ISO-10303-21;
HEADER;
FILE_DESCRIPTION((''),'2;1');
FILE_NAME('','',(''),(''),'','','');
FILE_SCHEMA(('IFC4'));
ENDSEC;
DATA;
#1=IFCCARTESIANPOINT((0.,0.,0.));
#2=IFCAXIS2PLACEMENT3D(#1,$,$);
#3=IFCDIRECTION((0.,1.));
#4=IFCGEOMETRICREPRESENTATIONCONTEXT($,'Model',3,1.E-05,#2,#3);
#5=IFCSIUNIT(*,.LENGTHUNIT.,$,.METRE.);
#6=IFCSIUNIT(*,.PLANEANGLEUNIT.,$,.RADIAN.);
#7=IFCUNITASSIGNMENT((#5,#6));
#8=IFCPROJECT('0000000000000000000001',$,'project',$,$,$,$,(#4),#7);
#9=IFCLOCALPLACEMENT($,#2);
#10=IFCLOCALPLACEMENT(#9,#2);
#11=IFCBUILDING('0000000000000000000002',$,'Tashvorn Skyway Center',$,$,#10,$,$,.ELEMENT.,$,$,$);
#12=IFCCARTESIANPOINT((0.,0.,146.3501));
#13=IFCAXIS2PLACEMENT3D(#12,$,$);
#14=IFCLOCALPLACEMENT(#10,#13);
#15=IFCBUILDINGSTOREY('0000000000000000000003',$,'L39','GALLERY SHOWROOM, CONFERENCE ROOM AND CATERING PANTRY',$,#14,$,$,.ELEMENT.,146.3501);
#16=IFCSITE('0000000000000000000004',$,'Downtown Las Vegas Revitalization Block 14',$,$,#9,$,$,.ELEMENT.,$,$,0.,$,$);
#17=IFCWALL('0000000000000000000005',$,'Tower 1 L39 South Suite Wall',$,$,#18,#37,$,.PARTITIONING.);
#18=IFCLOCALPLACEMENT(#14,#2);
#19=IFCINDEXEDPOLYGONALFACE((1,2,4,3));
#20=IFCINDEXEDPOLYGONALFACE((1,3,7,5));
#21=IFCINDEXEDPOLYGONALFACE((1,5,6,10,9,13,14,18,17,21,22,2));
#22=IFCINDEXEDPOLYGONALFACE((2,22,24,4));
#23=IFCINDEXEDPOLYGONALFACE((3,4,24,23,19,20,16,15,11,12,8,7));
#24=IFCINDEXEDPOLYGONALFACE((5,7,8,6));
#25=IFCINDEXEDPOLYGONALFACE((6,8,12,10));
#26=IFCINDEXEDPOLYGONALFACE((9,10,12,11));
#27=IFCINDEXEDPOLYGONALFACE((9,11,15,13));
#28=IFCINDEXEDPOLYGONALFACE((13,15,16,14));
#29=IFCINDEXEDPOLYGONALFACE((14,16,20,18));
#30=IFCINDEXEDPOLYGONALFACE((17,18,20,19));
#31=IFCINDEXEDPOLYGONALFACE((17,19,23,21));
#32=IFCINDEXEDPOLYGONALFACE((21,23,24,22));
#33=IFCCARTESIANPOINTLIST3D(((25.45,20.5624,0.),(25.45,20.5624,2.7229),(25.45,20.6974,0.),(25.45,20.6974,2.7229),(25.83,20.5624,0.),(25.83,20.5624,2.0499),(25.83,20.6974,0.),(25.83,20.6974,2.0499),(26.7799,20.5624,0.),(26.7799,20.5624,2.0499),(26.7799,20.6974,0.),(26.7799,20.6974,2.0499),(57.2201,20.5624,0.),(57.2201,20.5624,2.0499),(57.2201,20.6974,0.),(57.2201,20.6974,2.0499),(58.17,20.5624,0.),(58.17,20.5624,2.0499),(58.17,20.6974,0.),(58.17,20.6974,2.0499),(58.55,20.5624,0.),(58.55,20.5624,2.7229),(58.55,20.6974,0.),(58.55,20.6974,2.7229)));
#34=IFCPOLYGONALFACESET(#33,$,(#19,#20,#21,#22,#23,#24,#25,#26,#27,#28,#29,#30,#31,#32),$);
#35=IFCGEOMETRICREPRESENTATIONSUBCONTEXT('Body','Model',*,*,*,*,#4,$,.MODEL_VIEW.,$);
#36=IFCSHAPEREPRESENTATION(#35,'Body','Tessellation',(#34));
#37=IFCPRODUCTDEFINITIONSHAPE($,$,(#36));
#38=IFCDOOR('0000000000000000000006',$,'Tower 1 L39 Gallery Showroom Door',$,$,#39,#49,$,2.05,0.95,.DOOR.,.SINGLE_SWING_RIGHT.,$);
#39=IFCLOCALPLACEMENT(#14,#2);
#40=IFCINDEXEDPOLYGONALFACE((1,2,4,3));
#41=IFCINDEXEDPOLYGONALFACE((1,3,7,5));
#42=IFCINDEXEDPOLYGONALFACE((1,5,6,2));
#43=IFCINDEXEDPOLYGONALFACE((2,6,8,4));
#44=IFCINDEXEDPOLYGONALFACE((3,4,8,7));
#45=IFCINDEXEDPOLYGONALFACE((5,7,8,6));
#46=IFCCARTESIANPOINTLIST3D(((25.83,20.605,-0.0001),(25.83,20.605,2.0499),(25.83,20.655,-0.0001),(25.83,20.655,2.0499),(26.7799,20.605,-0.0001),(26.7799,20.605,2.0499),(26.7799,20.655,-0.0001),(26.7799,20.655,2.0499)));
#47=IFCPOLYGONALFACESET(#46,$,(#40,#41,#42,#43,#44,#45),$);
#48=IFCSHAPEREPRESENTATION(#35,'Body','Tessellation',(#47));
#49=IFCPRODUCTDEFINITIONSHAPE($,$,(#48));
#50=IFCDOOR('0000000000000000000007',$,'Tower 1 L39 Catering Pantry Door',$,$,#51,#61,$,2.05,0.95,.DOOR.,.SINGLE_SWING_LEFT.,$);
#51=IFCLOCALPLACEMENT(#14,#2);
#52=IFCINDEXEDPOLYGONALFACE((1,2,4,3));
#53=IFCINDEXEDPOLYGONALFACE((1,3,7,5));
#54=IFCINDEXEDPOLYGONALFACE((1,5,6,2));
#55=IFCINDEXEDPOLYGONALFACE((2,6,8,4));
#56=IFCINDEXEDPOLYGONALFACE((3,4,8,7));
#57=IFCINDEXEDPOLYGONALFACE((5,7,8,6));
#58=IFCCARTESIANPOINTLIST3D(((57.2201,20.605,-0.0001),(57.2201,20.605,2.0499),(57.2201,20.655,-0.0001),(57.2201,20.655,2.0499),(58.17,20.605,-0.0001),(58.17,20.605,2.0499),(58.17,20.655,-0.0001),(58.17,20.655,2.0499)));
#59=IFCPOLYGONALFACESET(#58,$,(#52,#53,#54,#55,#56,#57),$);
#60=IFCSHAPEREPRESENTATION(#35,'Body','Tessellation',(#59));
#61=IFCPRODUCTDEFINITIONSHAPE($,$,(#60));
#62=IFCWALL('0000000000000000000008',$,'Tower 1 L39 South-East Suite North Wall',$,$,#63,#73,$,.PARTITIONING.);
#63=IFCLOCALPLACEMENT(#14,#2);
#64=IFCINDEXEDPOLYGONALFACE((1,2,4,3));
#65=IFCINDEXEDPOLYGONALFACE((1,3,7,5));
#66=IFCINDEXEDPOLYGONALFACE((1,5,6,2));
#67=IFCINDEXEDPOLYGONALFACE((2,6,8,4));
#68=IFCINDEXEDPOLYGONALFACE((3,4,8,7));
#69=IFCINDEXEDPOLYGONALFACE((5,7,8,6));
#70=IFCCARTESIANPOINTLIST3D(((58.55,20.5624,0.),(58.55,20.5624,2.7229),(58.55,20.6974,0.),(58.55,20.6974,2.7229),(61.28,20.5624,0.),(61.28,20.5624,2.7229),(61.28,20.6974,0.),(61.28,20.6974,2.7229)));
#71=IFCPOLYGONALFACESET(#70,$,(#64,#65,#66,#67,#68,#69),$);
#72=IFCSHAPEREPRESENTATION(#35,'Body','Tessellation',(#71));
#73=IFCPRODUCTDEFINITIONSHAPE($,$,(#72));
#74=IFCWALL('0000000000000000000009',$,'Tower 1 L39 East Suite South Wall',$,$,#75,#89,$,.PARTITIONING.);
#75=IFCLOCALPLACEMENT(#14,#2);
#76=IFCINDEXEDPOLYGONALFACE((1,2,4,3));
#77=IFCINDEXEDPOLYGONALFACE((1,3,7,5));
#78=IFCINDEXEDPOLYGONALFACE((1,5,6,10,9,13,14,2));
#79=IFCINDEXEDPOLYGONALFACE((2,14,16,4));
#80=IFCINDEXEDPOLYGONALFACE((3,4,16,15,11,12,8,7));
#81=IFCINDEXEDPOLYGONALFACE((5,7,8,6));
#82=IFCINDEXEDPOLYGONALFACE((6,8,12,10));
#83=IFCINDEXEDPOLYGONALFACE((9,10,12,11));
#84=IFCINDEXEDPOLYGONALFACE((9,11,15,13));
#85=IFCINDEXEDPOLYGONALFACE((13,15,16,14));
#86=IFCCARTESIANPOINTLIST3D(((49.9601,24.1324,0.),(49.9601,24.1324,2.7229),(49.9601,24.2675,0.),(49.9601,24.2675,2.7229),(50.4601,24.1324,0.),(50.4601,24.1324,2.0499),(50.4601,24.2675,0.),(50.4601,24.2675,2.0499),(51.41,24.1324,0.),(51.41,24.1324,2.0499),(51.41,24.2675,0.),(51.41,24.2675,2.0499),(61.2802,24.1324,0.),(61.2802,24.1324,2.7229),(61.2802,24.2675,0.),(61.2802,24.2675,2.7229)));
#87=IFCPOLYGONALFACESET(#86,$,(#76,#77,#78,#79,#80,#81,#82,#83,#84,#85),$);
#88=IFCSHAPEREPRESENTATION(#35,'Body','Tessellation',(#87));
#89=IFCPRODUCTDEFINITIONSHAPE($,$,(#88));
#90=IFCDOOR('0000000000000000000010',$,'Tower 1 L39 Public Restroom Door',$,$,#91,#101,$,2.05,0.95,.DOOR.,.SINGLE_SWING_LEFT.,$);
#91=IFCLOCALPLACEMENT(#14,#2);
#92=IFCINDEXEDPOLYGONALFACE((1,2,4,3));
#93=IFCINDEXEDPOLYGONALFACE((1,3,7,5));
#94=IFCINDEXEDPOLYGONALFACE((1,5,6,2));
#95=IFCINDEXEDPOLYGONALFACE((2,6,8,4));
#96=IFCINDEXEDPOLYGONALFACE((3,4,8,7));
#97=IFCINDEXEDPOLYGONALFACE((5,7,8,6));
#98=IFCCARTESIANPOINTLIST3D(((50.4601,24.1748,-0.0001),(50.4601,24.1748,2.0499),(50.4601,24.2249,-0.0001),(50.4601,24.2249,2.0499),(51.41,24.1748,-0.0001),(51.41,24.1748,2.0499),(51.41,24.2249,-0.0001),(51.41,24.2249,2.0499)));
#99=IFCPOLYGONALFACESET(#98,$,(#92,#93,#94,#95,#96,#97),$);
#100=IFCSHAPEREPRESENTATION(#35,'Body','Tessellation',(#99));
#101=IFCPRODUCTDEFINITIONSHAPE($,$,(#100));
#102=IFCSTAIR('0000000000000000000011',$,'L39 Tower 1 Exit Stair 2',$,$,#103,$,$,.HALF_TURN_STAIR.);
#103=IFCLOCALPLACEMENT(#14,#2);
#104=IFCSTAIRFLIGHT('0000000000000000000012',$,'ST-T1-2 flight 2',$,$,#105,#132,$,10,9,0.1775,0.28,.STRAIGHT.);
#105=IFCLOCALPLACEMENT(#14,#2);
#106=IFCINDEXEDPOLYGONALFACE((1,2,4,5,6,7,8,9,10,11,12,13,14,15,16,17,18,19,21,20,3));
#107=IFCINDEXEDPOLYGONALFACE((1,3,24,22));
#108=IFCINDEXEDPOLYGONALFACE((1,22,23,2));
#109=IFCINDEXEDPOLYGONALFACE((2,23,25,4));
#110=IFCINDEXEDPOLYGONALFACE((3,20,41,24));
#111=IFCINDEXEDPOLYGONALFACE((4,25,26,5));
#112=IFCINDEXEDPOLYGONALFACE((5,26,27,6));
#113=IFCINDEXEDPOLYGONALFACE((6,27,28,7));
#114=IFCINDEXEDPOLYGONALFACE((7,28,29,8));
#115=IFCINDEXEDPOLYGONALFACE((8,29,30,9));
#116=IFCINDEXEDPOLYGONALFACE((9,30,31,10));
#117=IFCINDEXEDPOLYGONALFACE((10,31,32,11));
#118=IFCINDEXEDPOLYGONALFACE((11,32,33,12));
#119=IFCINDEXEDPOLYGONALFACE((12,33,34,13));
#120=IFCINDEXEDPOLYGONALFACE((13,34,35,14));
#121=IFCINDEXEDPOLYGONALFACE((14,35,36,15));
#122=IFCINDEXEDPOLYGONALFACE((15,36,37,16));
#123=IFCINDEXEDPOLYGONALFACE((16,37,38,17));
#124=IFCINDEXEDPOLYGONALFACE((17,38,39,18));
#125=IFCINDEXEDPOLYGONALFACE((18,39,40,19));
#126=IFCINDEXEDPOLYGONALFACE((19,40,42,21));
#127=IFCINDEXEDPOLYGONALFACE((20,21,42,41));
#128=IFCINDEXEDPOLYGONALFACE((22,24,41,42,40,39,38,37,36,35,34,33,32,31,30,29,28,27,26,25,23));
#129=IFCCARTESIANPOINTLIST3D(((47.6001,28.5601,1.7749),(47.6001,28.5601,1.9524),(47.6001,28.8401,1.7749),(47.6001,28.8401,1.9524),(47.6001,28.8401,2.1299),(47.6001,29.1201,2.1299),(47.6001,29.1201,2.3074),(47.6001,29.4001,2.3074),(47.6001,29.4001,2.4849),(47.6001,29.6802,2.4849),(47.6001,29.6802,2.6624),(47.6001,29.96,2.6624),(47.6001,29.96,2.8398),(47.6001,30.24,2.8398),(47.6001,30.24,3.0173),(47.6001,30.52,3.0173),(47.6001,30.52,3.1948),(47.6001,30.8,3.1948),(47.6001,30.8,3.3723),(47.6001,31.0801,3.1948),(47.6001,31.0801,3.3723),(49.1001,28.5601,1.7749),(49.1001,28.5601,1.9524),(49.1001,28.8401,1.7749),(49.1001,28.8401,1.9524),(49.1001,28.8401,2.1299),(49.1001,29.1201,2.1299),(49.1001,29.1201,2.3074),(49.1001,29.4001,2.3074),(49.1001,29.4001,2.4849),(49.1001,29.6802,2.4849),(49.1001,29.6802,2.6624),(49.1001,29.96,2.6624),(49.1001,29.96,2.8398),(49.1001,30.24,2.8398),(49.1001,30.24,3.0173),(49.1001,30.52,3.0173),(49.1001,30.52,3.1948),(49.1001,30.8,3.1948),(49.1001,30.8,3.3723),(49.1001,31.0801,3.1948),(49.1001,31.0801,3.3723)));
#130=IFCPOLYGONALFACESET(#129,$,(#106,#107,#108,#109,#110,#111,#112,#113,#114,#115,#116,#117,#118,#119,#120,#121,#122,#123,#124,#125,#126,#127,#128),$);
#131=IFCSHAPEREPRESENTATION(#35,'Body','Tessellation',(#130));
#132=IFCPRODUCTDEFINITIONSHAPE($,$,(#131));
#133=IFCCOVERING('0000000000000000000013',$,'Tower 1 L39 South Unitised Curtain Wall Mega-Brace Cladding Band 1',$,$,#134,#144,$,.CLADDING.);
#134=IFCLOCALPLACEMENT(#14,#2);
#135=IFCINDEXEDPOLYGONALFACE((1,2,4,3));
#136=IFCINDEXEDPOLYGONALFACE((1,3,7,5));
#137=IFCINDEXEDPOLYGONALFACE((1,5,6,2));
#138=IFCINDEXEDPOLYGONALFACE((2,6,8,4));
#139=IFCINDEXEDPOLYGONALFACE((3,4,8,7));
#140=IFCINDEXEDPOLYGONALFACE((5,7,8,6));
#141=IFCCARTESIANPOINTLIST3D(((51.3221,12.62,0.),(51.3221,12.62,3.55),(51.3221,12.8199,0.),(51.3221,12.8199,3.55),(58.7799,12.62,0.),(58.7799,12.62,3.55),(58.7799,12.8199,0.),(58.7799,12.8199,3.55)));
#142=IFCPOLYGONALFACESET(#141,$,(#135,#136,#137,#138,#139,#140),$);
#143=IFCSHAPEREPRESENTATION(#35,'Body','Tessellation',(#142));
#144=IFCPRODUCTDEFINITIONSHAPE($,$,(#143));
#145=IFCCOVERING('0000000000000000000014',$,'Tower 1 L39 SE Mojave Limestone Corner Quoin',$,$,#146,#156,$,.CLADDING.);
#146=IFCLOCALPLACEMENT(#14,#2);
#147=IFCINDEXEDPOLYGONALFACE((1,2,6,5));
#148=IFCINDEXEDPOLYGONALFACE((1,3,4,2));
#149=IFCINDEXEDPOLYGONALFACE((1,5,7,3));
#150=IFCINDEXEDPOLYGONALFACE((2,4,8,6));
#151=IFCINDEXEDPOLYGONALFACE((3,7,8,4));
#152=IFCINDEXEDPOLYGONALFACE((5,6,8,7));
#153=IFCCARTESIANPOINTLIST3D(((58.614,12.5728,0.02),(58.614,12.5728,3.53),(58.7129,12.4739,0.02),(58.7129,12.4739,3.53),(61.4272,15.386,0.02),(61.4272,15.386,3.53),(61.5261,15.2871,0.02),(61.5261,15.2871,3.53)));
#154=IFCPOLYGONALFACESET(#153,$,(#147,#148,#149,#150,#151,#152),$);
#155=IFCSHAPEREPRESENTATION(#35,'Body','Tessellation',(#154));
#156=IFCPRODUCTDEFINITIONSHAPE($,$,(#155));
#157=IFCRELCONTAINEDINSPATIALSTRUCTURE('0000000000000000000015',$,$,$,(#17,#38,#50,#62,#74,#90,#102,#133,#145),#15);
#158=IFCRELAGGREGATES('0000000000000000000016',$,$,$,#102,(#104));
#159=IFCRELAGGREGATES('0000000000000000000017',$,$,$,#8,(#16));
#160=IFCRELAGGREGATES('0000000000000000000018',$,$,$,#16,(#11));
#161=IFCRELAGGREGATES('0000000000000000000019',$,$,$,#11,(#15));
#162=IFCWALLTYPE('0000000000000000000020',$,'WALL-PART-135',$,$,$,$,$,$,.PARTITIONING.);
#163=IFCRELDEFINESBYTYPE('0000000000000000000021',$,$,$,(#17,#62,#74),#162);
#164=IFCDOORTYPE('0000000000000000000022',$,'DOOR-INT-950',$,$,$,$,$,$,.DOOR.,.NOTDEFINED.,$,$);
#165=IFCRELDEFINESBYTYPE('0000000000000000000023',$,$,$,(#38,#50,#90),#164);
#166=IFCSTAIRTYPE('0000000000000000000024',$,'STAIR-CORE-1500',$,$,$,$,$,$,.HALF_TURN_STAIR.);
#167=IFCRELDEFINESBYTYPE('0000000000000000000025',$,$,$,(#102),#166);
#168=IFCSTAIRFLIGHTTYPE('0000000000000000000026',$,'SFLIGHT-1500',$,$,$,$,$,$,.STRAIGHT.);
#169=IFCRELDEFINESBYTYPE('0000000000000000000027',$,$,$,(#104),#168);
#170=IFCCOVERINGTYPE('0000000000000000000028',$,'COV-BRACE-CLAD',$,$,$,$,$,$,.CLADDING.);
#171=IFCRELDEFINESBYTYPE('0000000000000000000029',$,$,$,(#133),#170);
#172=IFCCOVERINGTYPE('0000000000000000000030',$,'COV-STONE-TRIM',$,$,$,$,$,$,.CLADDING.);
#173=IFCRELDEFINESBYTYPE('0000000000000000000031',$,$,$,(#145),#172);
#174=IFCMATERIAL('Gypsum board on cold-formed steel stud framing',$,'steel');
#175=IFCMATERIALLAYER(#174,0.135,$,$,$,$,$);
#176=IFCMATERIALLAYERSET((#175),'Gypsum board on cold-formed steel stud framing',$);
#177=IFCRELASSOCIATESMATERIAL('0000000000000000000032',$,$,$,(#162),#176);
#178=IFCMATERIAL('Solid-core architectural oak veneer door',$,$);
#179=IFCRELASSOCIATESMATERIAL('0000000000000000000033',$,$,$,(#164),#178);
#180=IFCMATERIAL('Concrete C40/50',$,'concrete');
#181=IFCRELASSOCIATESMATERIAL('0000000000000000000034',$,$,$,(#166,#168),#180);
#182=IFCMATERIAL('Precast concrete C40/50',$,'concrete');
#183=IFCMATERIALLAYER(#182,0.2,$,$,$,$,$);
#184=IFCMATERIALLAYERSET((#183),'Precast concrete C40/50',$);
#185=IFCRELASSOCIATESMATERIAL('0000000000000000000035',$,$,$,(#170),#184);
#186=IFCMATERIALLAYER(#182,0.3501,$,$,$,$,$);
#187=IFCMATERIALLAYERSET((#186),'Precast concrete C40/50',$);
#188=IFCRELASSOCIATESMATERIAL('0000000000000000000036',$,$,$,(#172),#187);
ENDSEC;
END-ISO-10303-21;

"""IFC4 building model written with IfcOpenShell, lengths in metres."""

from ifc_helpers import new_model, si_unit, direction, frame, frame_2d, origin, origin_2d, place, context, subcontext, project, spatial, polyline, rectangle, outline, extrude, material, layer, layer_set, type_object, element, fill, aggregate, save


model = new_model("IFC4")

# Units and contexts
model_context = context("Model", 3, precision=1e-05, world=origin(), true_north=direction((0.0, 1.0)))
body_context = subcontext(model_context, "Body", "Model", "MODEL_VIEW")
ifc_project = project(units=[si_unit("LENGTHUNIT", "METRE"), si_unit("PLANEANGLEUNIT", "RADIAN")], contexts=[model_context])

# Site, building, storey
site_placement = place(None, origin())
site = spatial("IfcSite", under=ifc_project, at=site_placement, Name="Downtown Las Vegas Revitalization Block 14", CompositionType="ELEMENT", RefElevation=0.0)
building_placement = place(site_placement, origin())
building = spatial("IfcBuilding", under=site, at=building_placement, Name="Tashvorn Skyway Center", CompositionType="ELEMENT")
storey_placement = place(building_placement, frame((0.0, 0.0, 146.3501)))
storey = spatial("IfcBuildingStorey", under=building, at=storey_placement, Name="L39", Description="GALLERY SHOWROOM, CONFERENCE ROOM AND CATERING PANTRY", CompositionType="ELEMENT", Elevation=146.3501)

# Shared definitions
ifc_material_1 = material(Name="Gypsum board on cold-formed steel stud framing", Category="steel")

# Wall, openings, doors
ifc_layer_1 = layer(ifc_material_1, 0.135)
ifc_layer_set_1 = layer_set([ifc_layer_1], Name="Gypsum board on cold-formed steel stud framing")
wall_type_1 = type_object("IfcWallType", Name="WALL-PART-135", PredefinedType="PARTITIONING", material=ifc_layer_set_1)
wall_1_placement = place(storey_placement, frame((58.55, 20.6299, 0.0), z_axis=(0.0, 0.0, 1.0), x_axis=(-1.0, 0.0, 0.0)))
wall_1 = element("IfcWall", 1, at=wall_1_placement, inside=storey, type_object=wall_type_1, Name="Tower 1 L39 South Suite Wall", PredefinedType="PARTITIONING", context=body_context, shape_type="SweptSolid", body=[
    extrude(rectangle(XDim=33.1001, YDim=0.135, at=frame_2d((16.55, 0.0))), origin(), (0.0, 0.0, 1.0), 2.7229),
])
opening_1_placement = place(wall_1_placement, frame((31.77, 0.0, 0.0)))
opening_1 = element("IfcOpeningElement", 2, at=opening_1_placement, cuts=wall_1, PredefinedType="OPENING", context=body_context, shape_type="SweptSolid", body=[
    extrude(rectangle(XDim=0.95, YDim=2.05, at=frame_2d((0.4751, 1.0249))), frame((0.0, 0.0774, 0.0), z_axis=(0.0, -1.0, 0.0), x_axis=(1.0, 0.0, 0.0)), (0.0, 0.0, 1.0), 0.155),
])
opening_2_placement = place(wall_1_placement, frame((0.3799, 0.0, 0.0)))
opening_2 = element("IfcOpeningElement", 3, at=opening_2_placement, cuts=wall_1, PredefinedType="OPENING", context=body_context, shape_type="SweptSolid", body=[
    extrude(rectangle(XDim=0.95, YDim=2.05, at=frame_2d((0.4751, 1.0249))), frame((0.0, 0.0774, 0.0), z_axis=(0.0, -1.0, 0.0), x_axis=(1.0, 0.0, 0.0)), (0.0, 0.0, 1.0), 0.155),
])
ifc_material_2 = material(Name="Solid-core architectural oak veneer door")
door_type_1 = type_object("IfcDoorType", Name="DOOR-INT-950", OperationType="NOTDEFINED", PredefinedType="DOOR", material=ifc_material_2)
door_1_placement = place(opening_1_placement, origin())
door_1 = element("IfcDoor", 4, at=door_1_placement, inside=storey, type_object=door_type_1, Name="Tower 1 L39 Gallery Showroom Door", OperationType="SINGLE_SWING_RIGHT", OverallHeight=2.05, OverallWidth=0.95, PredefinedType="DOOR", context=body_context, shape_type="SweptSolid", body=[
    extrude(rectangle(XDim=0.95, YDim=2.05, at=frame_2d((0.4751, 1.0249))), frame((0.0, 0.0249, 0.0), z_axis=(0.0, -1.0, 0.0), x_axis=(1.0, 0.0, 0.0)), (0.0, 0.0, 1.0), 0.05),
])
fill(opening_1, door_1)
door_2_placement = place(opening_2_placement, origin())
door_2 = element("IfcDoor", 5, at=door_2_placement, inside=storey, type_object=door_type_1, Name="Tower 1 L39 Catering Pantry Door", OperationType="SINGLE_SWING_LEFT", OverallHeight=2.05, OverallWidth=0.95, PredefinedType="DOOR", context=body_context, shape_type="SweptSolid", body=[
    extrude(rectangle(XDim=0.95, YDim=2.05, at=frame_2d((0.4751, 1.0249))), frame((0.0, 0.0249, 0.0), z_axis=(0.0, -1.0, 0.0), x_axis=(1.0, 0.0, 0.0)), (0.0, 0.0, 1.0), 0.05),
])
fill(opening_2, door_2)

# Wall
wall_2_placement = place(storey_placement, frame((58.55, 20.6299, 0.0), z_axis=(0.0, 0.0, 1.0), x_axis=(1.0, 0.0, 0.0)))
element("IfcWall", 6, at=wall_2_placement, inside=storey, type_object=wall_type_1, Name="Tower 1 L39 South-East Suite North Wall", PredefinedType="PARTITIONING", context=body_context, shape_type="SweptSolid", body=[
    extrude(rectangle(XDim=2.73, YDim=0.135, at=frame_2d((1.365, 0.0))), origin(), (0.0, 0.0, 1.0), 2.7229),
])

# Wall, opening, door
wall_3_placement = place(storey_placement, frame((49.96, 24.2, 0.0), z_axis=(0.0, 0.0, 1.0), x_axis=(1.0, 0.0, 0.0)))
wall_3 = element("IfcWall", 7, at=wall_3_placement, inside=storey, type_object=wall_type_1, Name="Tower 1 L39 East Suite South Wall", PredefinedType="PARTITIONING", context=body_context, shape_type="SweptSolid", body=[
    extrude(rectangle(XDim=11.3201, YDim=0.135, at=frame_2d((5.6602, 0.0))), origin(), (0.0, 0.0, 1.0), 2.7229),
])
opening_3_placement = place(wall_3_placement, frame((0.5, 0.0, 0.0)))
opening_3 = element("IfcOpeningElement", 8, at=opening_3_placement, cuts=wall_3, PredefinedType="OPENING", context=body_context, shape_type="SweptSolid", body=[
    extrude(rectangle(XDim=0.95, YDim=2.05, at=frame_2d((0.4751, 1.0249))), frame((0.0, 0.0774, 0.0), z_axis=(0.0, -1.0, 0.0), x_axis=(1.0, 0.0, 0.0)), (0.0, 0.0, 1.0), 0.155),
])
door_3_placement = place(opening_3_placement, origin())
door_3 = element("IfcDoor", 9, at=door_3_placement, inside=storey, type_object=door_type_1, Name="Tower 1 L39 Public Restroom Door", OperationType="SINGLE_SWING_LEFT", OverallHeight=2.05, OverallWidth=0.95, PredefinedType="DOOR", context=body_context, shape_type="SweptSolid", body=[
    extrude(rectangle(XDim=0.95, YDim=2.05, at=frame_2d((0.4751, 1.0249))), frame((0.0, 0.0249, 0.0), z_axis=(0.0, -1.0, 0.0), x_axis=(1.0, 0.0, 0.0)), (0.0, 0.0, 1.0), 0.05),
])
fill(opening_3, door_3)

# Stair, stair flight
ifc_material_3 = material(Name="Concrete C40/50", Category="concrete")
stair_type = type_object("IfcStairType", Name="STAIR-CORE-1500", PredefinedType="HALF_TURN_STAIR", material=ifc_material_3)
stair_placement = place(storey_placement, origin())
stair = element("IfcStair", 10, at=stair_placement, inside=storey, type_object=stair_type, Name="L39 Tower 1 Exit Stair 2", PredefinedType="HALF_TURN_STAIR")
stair_flight_type = type_object("IfcStairFlightType", Name="SFLIGHT-1500", PredefinedType="STRAIGHT", material=ifc_material_3)
stair_flight_placement = place(storey_placement, frame((48.3501, 28.5601, 1.7749), z_axis=(0.0, 0.0, 1.0), x_axis=(0.0, 1.0, 0.0)))
stair_flight = element("IfcStairFlight", 11, at=stair_flight_placement, type_object=stair_flight_type, Name="ST-T1-2 flight 2", NumberOfRisers=10, NumberOfTreads=9, PredefinedType="STRAIGHT", RiserHeight=0.1775, TreadLength=0.28, context=body_context, shape_type="SweptSolid", body=[
    extrude(outline(polyline([(0.0, 0.0), (0.0, 0.1775), (0.28, 0.1775), (0.28, 0.355), (0.5601, 0.355), (0.5601, 0.5325), (0.8401, 0.5325), (0.8401, 0.71), (1.1201, 0.71), (1.1201, 0.8875), (1.3999, 0.8875), (1.3999, 1.0649), (1.6799, 1.0649), (1.6799, 1.2424), (1.96, 1.2424), (1.96, 1.4199), (2.24, 1.4199), (2.24, 1.5974), (2.52, 1.5974), (2.52, 1.7749), (2.52, 1.4199), (0.28, 0.0), (0.0, 0.0)])), frame((0.0, 0.75, 0.0), z_axis=(0.0, -1.0, 0.0), x_axis=(1.0, 0.0, 0.0)), (0.0, 0.0, 1.0), 1.5),
])
aggregate(stair, [stair_flight])

# Coverings
ifc_material_4 = material(Name="Precast concrete C40/50", Category="concrete")
ifc_layer_2 = layer(ifc_material_4, 0.2)
ifc_layer_set_2 = layer_set([ifc_layer_2], Name="Precast concrete C40/50")
covering_type_1 = type_object("IfcCoveringType", Name="COV-BRACE-CLAD", PredefinedType="CLADDING", material=ifc_layer_set_2)
covering_1_placement = place(storey_placement, frame((55.051, 12.72, 0.0), z_axis=(0.0, 0.0, 1.0), x_axis=(-1.0, 0.0, 0.0)))
element("IfcCovering", 12, at=covering_1_placement, inside=storey, type_object=covering_type_1, Name="Tower 1 L39 South Unitised Curtain Wall Mega-Brace Cladding Band 1", PredefinedType="CLADDING", context=body_context, shape_type="SweptSolid", body=[
    extrude(rectangle(XDim=7.4578, YDim=0.2, at=origin_2d()), origin(), (0.0, 0.0, 1.0), 3.55),
])
ifc_layer_3 = layer(ifc_material_4, 0.3501)
ifc_layer_set_3 = layer_set([ifc_layer_3], Name="Precast concrete C40/50")
covering_type_2 = type_object("IfcCoveringType", Name="COV-STONE-TRIM", PredefinedType="CLADDING", material=ifc_layer_set_3)
covering_2_placement = place(storey_placement, frame((60.0701, 13.9299, 0.02), z_axis=(0.0, 0.0, 1.0), x_axis=(0.707107, 0.707107, 0.0)))
element("IfcCovering", 13, at=covering_2_placement, inside=storey, type_object=covering_type_2, Name="Tower 1 L39 SE Mojave Limestone Corner Quoin", PredefinedType="CLADDING", context=body_context, shape_type="SweptSolid", body=[
    extrude(rectangle(XDim=3.9785, YDim=0.1399, at=origin_2d()), origin(), (0.0, 0.0, 1.0), 3.51),
])

save(model, "model.ifc")
